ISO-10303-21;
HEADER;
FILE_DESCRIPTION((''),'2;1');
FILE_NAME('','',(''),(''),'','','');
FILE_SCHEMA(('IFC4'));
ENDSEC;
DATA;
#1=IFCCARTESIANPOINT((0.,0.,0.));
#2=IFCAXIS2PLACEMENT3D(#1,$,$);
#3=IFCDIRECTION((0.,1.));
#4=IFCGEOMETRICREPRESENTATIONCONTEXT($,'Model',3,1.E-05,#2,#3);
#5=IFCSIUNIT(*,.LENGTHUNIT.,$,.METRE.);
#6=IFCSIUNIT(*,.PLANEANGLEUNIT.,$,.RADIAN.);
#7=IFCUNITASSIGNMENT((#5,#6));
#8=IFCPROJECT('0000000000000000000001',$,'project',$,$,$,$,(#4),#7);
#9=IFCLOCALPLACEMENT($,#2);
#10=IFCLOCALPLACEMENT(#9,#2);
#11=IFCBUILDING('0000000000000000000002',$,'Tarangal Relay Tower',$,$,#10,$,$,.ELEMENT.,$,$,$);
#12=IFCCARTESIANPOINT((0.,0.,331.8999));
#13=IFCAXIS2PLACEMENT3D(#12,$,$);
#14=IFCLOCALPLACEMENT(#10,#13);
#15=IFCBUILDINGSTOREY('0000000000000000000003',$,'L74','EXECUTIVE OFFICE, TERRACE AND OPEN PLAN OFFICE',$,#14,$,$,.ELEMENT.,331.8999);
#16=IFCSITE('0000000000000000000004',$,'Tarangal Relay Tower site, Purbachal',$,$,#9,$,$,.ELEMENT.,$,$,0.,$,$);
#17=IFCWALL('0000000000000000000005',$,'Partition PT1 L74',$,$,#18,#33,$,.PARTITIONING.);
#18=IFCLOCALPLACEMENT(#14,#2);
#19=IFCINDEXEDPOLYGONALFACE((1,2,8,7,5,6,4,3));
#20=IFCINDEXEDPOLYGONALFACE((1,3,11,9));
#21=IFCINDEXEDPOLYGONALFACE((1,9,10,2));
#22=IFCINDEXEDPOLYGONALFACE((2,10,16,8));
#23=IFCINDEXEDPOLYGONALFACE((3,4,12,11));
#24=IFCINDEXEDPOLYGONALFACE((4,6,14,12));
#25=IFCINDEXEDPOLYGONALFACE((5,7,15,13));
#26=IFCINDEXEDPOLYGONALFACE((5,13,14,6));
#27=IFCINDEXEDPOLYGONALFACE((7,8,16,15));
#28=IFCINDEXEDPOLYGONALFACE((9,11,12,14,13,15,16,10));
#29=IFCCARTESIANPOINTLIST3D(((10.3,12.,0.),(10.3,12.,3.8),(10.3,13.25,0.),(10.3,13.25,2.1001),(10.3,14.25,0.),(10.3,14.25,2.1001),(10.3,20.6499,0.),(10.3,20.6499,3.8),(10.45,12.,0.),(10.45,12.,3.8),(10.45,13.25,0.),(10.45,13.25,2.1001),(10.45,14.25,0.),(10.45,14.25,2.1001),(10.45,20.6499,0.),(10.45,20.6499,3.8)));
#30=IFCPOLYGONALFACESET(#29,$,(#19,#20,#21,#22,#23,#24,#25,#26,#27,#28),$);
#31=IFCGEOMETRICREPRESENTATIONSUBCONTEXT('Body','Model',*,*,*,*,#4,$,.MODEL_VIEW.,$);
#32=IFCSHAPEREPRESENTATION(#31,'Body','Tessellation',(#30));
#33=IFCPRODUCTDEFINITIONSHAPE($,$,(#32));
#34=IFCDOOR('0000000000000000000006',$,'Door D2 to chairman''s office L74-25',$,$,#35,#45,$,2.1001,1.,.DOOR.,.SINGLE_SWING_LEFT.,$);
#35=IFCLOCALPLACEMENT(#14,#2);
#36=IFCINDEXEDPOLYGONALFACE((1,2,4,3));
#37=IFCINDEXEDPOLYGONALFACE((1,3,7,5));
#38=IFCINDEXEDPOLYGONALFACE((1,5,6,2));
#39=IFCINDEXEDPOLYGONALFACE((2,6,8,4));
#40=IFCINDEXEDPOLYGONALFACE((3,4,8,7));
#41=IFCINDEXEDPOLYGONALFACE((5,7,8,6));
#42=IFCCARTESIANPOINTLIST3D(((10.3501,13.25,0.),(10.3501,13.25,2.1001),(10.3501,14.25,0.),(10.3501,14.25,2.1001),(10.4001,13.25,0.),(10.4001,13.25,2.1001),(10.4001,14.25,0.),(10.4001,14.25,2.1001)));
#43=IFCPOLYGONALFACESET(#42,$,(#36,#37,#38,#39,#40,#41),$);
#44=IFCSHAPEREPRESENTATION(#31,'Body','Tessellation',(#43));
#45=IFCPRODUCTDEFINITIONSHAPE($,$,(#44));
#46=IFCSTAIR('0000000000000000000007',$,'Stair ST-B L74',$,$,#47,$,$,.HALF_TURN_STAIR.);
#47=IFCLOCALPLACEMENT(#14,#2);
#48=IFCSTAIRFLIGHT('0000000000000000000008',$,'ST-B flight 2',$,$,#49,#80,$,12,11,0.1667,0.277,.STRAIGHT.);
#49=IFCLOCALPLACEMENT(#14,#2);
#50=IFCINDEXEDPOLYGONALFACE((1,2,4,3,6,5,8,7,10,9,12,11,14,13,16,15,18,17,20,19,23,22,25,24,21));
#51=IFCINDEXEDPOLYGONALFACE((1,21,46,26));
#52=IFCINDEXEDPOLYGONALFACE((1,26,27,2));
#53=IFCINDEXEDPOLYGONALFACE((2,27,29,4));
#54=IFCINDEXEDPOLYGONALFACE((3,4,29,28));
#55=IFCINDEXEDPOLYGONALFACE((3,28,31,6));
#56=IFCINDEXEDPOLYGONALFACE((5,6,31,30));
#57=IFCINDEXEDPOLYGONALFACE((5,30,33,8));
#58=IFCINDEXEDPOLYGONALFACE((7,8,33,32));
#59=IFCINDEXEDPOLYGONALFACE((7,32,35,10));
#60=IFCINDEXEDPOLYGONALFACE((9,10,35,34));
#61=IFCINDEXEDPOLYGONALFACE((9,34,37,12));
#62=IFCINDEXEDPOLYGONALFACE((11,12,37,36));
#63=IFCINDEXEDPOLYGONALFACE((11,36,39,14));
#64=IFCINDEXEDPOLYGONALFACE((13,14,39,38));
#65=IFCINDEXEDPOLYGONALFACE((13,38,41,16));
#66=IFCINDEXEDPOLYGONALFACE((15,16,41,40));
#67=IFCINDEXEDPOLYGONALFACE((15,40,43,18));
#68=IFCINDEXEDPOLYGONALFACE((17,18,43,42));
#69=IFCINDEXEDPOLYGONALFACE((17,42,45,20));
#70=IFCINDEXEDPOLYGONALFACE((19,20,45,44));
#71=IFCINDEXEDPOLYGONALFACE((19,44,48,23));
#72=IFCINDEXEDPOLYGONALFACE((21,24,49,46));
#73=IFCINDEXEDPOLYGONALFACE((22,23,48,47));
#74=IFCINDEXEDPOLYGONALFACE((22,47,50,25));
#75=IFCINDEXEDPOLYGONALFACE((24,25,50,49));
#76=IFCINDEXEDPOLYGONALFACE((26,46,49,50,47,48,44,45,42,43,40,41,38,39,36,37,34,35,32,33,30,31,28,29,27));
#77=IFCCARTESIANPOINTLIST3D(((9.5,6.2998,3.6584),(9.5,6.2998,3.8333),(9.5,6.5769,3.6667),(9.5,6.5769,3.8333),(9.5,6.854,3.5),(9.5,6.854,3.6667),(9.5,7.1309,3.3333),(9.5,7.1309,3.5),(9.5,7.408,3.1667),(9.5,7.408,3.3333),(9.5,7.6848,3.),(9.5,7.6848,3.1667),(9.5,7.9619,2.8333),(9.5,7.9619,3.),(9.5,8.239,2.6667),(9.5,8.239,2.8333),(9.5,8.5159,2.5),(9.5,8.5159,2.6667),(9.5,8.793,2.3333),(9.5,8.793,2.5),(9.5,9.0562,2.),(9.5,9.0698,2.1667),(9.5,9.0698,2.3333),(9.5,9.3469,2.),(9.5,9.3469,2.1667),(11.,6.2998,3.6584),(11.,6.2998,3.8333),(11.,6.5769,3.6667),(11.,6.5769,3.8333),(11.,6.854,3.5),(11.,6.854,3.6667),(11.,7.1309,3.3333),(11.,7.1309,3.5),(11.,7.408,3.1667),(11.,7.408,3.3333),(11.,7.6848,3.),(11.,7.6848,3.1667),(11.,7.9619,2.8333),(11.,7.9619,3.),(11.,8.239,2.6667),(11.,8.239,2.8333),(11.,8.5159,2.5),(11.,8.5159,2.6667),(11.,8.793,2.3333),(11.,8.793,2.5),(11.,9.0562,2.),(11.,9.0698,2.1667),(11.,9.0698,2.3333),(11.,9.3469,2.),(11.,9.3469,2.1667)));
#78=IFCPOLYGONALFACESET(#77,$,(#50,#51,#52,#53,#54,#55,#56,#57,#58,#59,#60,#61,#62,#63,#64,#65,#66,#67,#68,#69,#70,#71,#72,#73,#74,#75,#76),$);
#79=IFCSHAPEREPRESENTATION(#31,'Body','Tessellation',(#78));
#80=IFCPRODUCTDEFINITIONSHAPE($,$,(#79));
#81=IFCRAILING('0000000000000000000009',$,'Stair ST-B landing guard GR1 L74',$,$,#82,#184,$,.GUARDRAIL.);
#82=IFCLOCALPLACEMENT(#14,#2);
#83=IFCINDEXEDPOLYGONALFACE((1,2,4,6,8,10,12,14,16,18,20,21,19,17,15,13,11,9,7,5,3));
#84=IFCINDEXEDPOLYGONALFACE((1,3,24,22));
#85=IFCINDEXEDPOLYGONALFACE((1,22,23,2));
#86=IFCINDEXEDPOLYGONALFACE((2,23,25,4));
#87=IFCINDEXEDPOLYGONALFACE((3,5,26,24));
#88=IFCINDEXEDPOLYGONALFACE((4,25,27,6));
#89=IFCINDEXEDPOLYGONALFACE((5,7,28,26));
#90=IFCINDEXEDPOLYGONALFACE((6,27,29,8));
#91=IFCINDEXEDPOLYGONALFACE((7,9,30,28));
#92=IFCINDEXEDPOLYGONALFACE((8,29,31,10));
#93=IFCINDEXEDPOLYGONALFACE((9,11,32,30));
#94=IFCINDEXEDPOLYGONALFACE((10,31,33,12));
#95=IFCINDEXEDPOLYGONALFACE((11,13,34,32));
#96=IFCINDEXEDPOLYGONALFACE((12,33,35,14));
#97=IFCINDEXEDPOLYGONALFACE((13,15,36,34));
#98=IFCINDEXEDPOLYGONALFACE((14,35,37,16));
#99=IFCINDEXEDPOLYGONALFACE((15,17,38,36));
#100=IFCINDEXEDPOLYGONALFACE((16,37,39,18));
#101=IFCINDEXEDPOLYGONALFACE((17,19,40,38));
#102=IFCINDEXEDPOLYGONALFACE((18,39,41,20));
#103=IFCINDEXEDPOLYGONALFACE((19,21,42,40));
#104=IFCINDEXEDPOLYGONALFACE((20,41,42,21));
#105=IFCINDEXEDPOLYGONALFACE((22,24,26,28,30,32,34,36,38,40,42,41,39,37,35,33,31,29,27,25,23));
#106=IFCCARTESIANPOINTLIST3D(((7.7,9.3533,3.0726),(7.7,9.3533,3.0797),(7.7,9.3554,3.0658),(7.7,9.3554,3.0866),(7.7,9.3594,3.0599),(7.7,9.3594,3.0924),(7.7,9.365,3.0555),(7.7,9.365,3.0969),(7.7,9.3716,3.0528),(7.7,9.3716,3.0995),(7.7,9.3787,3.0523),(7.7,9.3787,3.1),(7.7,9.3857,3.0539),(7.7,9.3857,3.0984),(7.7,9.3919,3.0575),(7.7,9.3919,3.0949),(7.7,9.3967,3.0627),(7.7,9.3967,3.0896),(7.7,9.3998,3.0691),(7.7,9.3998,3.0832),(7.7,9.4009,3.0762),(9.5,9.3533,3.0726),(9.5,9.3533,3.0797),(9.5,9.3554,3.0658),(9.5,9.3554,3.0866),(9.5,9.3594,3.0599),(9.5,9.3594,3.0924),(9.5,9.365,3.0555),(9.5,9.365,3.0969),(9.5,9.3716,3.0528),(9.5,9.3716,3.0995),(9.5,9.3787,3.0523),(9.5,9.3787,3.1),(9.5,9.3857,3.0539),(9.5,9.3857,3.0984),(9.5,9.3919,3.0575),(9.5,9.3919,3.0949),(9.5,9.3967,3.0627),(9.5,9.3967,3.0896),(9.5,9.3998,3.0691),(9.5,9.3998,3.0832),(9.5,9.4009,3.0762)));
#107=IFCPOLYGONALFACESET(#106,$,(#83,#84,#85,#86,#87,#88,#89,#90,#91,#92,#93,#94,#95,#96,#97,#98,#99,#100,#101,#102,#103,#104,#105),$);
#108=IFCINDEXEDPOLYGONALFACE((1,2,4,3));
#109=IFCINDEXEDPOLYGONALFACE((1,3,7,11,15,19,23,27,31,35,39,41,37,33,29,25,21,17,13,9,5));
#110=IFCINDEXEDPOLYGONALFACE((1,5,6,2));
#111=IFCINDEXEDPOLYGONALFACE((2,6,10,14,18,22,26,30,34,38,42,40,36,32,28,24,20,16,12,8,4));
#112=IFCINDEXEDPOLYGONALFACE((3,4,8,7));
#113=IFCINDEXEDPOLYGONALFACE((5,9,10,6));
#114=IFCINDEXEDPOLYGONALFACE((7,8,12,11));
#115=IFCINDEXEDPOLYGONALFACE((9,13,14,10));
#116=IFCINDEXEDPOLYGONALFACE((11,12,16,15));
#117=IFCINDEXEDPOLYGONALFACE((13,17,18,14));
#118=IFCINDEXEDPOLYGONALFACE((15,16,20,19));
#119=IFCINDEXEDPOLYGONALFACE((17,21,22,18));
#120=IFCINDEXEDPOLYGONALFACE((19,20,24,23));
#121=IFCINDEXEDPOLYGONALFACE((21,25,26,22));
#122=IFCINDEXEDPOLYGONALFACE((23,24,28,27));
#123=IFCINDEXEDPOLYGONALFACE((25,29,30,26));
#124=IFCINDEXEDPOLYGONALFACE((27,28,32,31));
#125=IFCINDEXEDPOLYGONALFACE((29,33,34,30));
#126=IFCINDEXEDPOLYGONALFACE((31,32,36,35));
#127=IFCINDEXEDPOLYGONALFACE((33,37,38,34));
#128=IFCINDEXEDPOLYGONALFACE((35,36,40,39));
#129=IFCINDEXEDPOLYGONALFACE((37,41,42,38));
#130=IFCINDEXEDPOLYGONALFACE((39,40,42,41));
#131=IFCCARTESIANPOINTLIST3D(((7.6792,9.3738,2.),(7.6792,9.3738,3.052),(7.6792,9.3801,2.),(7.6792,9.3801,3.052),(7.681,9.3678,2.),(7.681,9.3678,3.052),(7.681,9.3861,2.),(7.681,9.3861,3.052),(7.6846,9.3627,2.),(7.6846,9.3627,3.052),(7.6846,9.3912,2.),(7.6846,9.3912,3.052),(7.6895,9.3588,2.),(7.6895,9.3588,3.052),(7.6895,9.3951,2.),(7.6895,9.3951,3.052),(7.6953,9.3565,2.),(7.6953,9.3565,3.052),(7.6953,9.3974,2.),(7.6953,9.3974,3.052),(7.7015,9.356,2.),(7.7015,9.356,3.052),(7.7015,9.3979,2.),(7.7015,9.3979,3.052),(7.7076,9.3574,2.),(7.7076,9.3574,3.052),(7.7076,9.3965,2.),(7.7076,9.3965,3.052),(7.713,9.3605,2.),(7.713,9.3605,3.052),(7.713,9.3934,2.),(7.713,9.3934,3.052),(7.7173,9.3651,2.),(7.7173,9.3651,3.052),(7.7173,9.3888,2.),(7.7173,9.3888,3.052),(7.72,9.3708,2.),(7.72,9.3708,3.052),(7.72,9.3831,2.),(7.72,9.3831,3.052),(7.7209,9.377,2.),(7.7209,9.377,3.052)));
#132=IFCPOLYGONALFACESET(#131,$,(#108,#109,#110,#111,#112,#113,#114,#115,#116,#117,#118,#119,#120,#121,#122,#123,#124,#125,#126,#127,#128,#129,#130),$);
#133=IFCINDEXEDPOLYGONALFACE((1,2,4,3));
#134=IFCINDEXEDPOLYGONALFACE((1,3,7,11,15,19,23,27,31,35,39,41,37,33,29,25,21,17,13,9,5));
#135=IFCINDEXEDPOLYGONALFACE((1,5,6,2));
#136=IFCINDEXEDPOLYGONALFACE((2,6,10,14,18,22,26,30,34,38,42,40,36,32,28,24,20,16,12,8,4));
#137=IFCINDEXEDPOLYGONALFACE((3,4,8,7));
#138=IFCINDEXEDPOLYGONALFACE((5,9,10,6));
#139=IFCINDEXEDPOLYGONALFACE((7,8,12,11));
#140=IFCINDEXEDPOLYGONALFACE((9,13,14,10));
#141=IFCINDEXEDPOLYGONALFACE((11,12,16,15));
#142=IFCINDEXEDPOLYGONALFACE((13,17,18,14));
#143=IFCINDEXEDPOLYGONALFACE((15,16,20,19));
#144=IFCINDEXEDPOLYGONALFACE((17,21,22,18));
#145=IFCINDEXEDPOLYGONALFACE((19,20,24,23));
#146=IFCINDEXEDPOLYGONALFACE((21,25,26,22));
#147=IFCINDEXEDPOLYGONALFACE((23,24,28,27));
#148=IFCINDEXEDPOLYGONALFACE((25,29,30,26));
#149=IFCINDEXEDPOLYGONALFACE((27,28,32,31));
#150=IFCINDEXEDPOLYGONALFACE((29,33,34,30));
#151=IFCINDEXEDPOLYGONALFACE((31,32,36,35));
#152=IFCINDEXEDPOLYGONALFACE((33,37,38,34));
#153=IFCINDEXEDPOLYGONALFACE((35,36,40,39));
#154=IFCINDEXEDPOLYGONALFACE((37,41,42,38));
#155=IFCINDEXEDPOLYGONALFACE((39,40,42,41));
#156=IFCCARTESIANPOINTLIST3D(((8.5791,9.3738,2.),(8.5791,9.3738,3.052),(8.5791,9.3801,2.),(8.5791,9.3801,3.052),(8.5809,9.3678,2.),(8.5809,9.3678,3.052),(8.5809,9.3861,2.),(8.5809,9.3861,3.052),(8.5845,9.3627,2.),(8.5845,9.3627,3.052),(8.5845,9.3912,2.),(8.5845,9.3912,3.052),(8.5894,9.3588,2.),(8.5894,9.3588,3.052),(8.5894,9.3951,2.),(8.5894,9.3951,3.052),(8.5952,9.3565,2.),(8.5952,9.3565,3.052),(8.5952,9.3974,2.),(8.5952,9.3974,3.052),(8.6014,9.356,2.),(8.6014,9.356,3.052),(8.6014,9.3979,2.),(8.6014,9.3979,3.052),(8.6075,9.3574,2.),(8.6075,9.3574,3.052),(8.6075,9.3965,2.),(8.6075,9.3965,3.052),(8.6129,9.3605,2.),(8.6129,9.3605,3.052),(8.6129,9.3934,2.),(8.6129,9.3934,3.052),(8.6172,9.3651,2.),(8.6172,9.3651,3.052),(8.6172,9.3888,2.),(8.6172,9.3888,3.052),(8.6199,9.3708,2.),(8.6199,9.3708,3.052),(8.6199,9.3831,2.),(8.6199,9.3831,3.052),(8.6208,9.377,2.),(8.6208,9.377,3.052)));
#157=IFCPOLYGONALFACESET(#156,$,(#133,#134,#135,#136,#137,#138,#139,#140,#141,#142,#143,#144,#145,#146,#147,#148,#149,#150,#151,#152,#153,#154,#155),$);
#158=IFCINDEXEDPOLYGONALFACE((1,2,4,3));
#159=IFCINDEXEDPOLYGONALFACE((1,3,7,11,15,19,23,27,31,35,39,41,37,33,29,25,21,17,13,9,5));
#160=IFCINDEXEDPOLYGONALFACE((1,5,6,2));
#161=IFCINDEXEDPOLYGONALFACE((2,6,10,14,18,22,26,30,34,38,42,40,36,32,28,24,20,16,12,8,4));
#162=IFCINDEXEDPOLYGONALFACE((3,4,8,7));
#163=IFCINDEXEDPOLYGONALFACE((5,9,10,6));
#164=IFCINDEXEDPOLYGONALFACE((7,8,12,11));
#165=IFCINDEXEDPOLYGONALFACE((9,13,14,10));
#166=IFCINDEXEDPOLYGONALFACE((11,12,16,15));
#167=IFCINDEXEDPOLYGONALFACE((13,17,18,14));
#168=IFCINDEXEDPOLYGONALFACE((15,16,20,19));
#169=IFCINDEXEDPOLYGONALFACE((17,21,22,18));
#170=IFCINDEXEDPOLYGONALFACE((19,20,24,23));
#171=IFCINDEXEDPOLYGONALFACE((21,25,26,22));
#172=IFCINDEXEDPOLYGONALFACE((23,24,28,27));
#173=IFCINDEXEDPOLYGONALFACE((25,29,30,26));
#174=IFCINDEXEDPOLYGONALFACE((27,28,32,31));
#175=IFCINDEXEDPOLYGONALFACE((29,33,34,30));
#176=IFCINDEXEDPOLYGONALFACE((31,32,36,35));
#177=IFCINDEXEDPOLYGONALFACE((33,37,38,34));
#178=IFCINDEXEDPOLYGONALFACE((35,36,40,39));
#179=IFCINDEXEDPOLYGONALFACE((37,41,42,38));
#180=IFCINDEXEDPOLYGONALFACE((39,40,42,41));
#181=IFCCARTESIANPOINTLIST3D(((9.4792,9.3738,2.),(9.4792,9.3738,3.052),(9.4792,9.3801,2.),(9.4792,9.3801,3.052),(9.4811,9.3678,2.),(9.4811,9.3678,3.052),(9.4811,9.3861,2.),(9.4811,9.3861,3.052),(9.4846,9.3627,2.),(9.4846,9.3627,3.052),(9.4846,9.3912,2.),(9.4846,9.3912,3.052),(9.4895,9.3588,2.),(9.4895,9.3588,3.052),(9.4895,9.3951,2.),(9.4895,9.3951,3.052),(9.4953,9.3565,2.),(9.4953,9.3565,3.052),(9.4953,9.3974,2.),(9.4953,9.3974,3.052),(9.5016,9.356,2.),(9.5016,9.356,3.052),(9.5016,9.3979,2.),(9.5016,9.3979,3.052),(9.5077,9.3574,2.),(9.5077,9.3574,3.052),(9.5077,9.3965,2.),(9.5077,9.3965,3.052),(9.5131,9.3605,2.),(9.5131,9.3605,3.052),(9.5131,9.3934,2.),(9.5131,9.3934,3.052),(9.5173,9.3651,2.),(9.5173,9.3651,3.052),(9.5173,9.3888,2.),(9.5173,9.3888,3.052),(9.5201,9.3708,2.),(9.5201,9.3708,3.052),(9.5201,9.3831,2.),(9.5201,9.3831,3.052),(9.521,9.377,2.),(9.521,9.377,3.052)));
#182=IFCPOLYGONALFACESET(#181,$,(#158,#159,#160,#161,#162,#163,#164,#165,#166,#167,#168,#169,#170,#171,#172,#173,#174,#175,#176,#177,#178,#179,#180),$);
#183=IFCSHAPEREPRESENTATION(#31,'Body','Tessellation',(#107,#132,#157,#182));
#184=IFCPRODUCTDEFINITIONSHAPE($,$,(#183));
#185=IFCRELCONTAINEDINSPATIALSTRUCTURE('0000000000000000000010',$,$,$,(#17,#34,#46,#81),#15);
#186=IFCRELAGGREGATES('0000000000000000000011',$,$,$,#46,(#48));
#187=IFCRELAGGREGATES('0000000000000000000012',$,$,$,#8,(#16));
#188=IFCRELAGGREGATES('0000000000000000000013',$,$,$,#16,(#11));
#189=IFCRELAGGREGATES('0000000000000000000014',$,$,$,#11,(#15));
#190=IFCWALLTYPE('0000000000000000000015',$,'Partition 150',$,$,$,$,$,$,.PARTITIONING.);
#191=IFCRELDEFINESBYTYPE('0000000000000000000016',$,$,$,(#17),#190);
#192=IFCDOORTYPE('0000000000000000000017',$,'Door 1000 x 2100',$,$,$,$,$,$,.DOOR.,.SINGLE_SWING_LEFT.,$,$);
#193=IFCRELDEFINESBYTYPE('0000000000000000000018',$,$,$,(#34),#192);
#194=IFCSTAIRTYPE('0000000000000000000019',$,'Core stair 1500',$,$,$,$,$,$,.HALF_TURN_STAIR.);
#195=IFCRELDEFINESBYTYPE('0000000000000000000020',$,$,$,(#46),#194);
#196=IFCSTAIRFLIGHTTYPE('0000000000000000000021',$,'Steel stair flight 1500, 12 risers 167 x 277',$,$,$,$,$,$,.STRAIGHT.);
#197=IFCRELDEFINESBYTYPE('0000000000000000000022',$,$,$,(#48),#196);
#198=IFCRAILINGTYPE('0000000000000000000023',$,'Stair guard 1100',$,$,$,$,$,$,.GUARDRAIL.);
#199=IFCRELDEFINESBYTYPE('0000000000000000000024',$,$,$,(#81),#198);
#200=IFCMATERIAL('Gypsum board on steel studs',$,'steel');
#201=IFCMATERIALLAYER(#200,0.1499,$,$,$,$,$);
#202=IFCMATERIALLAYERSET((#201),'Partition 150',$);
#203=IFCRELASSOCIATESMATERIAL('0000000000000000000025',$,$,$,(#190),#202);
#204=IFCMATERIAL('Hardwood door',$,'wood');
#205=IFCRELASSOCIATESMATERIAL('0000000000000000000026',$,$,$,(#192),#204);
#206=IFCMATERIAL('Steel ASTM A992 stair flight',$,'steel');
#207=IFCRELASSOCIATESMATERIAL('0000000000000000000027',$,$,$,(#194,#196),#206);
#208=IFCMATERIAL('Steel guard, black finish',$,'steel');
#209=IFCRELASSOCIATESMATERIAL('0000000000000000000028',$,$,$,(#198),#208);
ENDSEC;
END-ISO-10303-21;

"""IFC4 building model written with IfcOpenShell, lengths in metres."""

from ifc_helpers import new_model, si_unit, direction, frame, frame_2d, origin, origin_2d, place, context, subcontext, project, spatial, polyline, rectangle, circle, outline, extrude, material, layer, layer_set, type_object, element, fill, aggregate, save


model = new_model("IFC4")

# Units and contexts
model_context = context("Model", 3, precision=1e-05, world=origin(), true_north=direction((0.0, 1.0)))
body_context = subcontext(model_context, "Body", "Model", "MODEL_VIEW")
ifc_project = project(units=[si_unit("LENGTHUNIT", "METRE"), si_unit("PLANEANGLEUNIT", "RADIAN")], contexts=[model_context])

# Site, building, storey
site_placement = place(None, origin())
site = spatial("IfcSite", under=ifc_project, at=site_placement, Name="Tarangal Relay Tower site, Purbachal", CompositionType="ELEMENT", RefElevation=0.0)
building_placement = place(site_placement, origin())
building = spatial("IfcBuilding", under=site, at=building_placement, Name="Tarangal Relay Tower", CompositionType="ELEMENT")
storey_placement = place(building_placement, frame((0.0, 0.0, 331.8999)))
storey = spatial("IfcBuildingStorey", under=building, at=storey_placement, Name="L74", Description="EXECUTIVE OFFICE, TERRACE AND OPEN PLAN OFFICE", CompositionType="ELEMENT", Elevation=331.8999)

# Shared definitions
ifc_material_1 = material(Name="Gypsum board on steel studs", Category="steel")
ifc_layer_1 = layer(ifc_material_1, 0.1499)
ifc_layer_set_1 = layer_set([ifc_layer_1], Name="Partition 150")
wall_type_1 = type_object("IfcWallType", Name="Partition 150", PredefinedType="PARTITIONING", material=ifc_layer_set_1)

# Wall, opening, door
wall_1_placement = place(storey_placement, frame((10.375, 12.0, 0.0), z_axis=(0.0, 0.0, 1.0), x_axis=(0.0, 1.0, 0.0)))
wall_1 = element("IfcWall", 1, at=wall_1_placement, inside=storey, type_object=wall_type_1, Name="Partition PT1 L74", PredefinedType="PARTITIONING", context=body_context, shape_type="SweptSolid", body=[
    extrude(rectangle(XDim=8.6499, YDim=0.1499, at=frame_2d((4.325, 0.0))), origin(), (0.0, 0.0, 1.0), 3.8),
])
opening_placement = place(wall_1_placement, frame((1.25, 0.0, 0.0)))
opening = element("IfcOpeningElement", 2, at=opening_placement, cuts=wall_1, PredefinedType="OPENING", context=body_context, shape_type="SweptSolid", body=[
    extrude(rectangle(XDim=1.0, YDim=2.1001, at=frame_2d((0.5, 1.05))), frame((0.0, 0.085, 0.0), z_axis=(0.0, -1.0, 0.0), x_axis=(1.0, 0.0, 0.0)), (0.0, 0.0, 1.0), 0.1699),
])
ifc_material_2 = material(Name="Hardwood door", Category="wood")
door_type = type_object("IfcDoorType", Name="Door 1000 x 2100", OperationType="SINGLE_SWING_LEFT", PredefinedType="DOOR", material=ifc_material_2)
door_placement = place(opening_placement, origin())
door = element("IfcDoor", 3, at=door_placement, inside=storey, type_object=door_type, Name="Door D2 to chairman's office L74-25", OperationType="SINGLE_SWING_LEFT", OverallHeight=2.1001, OverallWidth=1.0, PredefinedType="DOOR", context=body_context, shape_type="SweptSolid", body=[
    extrude(rectangle(XDim=1.0, YDim=2.1001, at=frame_2d((0.5, 1.05))), frame((0.0, 0.0249, 0.0), z_axis=(0.0, -1.0, 0.0), x_axis=(1.0, 0.0, 0.0)), (0.0, 0.0, 1.0), 0.05),
])
fill(opening, door)

# Stair, stair flight
ifc_material_3 = material(Name="Steel ASTM A992 stair flight", Category="steel")
stair_type = type_object("IfcStairType", Name="Core stair 1500", PredefinedType="HALF_TURN_STAIR", material=ifc_material_3)
stair_placement = place(storey_placement, origin())
stair = element("IfcStair", 4, at=stair_placement, inside=storey, type_object=stair_type, Name="Stair ST-B L74", PredefinedType="HALF_TURN_STAIR")
stair_flight_type = type_object("IfcStairFlightType", Name="Steel stair flight 1500, 12 risers 167 x 277", PredefinedType="STRAIGHT", material=ifc_material_3)
stair_flight_placement = place(storey_placement, frame((10.25, 9.3469, 2.0), z_axis=(0.0, 0.0, 1.0), x_axis=(0.0, -1.0, 0.0)))
stair_flight = element("IfcStairFlight", 5, at=stair_flight_placement, type_object=stair_flight_type, Name="ST-B flight 2", NumberOfRisers=12, NumberOfTreads=11, PredefinedType="STRAIGHT", RiserHeight=0.1667, TreadLength=0.277, context=body_context, shape_type="SweptSolid", body=[
    extrude(outline(polyline([(0.0, 0.0), (0.0, 0.1667), (0.2771, 0.1667), (0.2771, 0.3333), (0.554, 0.3333), (0.554, 0.5), (0.8311, 0.5), (0.8311, 0.6667), (1.1079, 0.6667), (1.1079, 0.8333), (1.385, 0.8333), (1.385, 1.0), (1.6621, 1.0), (1.6621, 1.1667), (1.939, 1.1667), (1.939, 1.3333), (2.2161, 1.3333), (2.2161, 1.5), (2.4929, 1.5), (2.4929, 1.6667), (2.77, 1.6667), (2.77, 1.8333), (3.0471, 1.8333), (3.0471, 2.0), (3.0471, 1.6584), (0.2908, 0.0), (0.0, 0.0)])), frame((0.0, 0.75, 0.0), z_axis=(0.0, -1.0, 0.0), x_axis=(1.0, 0.0, 0.0)), (0.0, 0.0, 1.0), 1.5),
])
aggregate(stair, [stair_flight])

# Railing
ifc_material_4 = material(Name="Steel guard, black finish", Category="steel")
railing_type = type_object("IfcRailingType", Name="Stair guard 1100", PredefinedType="GUARDRAIL", material=ifc_material_4)
railing_placement = place(storey_placement, frame((7.7, 9.377, 2.0)))
element("IfcRailing", 6, at=railing_placement, inside=storey, type_object=railing_type, Name="Stair ST-B landing guard GR1 L74", PredefinedType="GUARDRAIL", context=body_context, shape_type="SweptSolid", body=[
    extrude(circle(Radius=0.0239, at=origin_2d()), frame((0.0, 0.0, 1.0762), z_axis=(1.0, 0.0, 0.0), x_axis=(0.0, 1.0, 0.0)), (0.0, 0.0, 1.0), 1.8),
    extrude(circle(Radius=0.021, at=origin_2d()), origin(), (0.0, 0.0, 1.0), 1.052),
    extrude(circle(Radius=0.021, at=origin_2d()), frame((0.8999, 0.0, 0.0)), (0.0, 0.0, 1.0), 1.052),
    extrude(circle(Radius=0.021, at=origin_2d()), frame((1.8, 0.0, 0.0)), (0.0, 0.0, 1.0), 1.052),
])

save(model, "model.ifc")
